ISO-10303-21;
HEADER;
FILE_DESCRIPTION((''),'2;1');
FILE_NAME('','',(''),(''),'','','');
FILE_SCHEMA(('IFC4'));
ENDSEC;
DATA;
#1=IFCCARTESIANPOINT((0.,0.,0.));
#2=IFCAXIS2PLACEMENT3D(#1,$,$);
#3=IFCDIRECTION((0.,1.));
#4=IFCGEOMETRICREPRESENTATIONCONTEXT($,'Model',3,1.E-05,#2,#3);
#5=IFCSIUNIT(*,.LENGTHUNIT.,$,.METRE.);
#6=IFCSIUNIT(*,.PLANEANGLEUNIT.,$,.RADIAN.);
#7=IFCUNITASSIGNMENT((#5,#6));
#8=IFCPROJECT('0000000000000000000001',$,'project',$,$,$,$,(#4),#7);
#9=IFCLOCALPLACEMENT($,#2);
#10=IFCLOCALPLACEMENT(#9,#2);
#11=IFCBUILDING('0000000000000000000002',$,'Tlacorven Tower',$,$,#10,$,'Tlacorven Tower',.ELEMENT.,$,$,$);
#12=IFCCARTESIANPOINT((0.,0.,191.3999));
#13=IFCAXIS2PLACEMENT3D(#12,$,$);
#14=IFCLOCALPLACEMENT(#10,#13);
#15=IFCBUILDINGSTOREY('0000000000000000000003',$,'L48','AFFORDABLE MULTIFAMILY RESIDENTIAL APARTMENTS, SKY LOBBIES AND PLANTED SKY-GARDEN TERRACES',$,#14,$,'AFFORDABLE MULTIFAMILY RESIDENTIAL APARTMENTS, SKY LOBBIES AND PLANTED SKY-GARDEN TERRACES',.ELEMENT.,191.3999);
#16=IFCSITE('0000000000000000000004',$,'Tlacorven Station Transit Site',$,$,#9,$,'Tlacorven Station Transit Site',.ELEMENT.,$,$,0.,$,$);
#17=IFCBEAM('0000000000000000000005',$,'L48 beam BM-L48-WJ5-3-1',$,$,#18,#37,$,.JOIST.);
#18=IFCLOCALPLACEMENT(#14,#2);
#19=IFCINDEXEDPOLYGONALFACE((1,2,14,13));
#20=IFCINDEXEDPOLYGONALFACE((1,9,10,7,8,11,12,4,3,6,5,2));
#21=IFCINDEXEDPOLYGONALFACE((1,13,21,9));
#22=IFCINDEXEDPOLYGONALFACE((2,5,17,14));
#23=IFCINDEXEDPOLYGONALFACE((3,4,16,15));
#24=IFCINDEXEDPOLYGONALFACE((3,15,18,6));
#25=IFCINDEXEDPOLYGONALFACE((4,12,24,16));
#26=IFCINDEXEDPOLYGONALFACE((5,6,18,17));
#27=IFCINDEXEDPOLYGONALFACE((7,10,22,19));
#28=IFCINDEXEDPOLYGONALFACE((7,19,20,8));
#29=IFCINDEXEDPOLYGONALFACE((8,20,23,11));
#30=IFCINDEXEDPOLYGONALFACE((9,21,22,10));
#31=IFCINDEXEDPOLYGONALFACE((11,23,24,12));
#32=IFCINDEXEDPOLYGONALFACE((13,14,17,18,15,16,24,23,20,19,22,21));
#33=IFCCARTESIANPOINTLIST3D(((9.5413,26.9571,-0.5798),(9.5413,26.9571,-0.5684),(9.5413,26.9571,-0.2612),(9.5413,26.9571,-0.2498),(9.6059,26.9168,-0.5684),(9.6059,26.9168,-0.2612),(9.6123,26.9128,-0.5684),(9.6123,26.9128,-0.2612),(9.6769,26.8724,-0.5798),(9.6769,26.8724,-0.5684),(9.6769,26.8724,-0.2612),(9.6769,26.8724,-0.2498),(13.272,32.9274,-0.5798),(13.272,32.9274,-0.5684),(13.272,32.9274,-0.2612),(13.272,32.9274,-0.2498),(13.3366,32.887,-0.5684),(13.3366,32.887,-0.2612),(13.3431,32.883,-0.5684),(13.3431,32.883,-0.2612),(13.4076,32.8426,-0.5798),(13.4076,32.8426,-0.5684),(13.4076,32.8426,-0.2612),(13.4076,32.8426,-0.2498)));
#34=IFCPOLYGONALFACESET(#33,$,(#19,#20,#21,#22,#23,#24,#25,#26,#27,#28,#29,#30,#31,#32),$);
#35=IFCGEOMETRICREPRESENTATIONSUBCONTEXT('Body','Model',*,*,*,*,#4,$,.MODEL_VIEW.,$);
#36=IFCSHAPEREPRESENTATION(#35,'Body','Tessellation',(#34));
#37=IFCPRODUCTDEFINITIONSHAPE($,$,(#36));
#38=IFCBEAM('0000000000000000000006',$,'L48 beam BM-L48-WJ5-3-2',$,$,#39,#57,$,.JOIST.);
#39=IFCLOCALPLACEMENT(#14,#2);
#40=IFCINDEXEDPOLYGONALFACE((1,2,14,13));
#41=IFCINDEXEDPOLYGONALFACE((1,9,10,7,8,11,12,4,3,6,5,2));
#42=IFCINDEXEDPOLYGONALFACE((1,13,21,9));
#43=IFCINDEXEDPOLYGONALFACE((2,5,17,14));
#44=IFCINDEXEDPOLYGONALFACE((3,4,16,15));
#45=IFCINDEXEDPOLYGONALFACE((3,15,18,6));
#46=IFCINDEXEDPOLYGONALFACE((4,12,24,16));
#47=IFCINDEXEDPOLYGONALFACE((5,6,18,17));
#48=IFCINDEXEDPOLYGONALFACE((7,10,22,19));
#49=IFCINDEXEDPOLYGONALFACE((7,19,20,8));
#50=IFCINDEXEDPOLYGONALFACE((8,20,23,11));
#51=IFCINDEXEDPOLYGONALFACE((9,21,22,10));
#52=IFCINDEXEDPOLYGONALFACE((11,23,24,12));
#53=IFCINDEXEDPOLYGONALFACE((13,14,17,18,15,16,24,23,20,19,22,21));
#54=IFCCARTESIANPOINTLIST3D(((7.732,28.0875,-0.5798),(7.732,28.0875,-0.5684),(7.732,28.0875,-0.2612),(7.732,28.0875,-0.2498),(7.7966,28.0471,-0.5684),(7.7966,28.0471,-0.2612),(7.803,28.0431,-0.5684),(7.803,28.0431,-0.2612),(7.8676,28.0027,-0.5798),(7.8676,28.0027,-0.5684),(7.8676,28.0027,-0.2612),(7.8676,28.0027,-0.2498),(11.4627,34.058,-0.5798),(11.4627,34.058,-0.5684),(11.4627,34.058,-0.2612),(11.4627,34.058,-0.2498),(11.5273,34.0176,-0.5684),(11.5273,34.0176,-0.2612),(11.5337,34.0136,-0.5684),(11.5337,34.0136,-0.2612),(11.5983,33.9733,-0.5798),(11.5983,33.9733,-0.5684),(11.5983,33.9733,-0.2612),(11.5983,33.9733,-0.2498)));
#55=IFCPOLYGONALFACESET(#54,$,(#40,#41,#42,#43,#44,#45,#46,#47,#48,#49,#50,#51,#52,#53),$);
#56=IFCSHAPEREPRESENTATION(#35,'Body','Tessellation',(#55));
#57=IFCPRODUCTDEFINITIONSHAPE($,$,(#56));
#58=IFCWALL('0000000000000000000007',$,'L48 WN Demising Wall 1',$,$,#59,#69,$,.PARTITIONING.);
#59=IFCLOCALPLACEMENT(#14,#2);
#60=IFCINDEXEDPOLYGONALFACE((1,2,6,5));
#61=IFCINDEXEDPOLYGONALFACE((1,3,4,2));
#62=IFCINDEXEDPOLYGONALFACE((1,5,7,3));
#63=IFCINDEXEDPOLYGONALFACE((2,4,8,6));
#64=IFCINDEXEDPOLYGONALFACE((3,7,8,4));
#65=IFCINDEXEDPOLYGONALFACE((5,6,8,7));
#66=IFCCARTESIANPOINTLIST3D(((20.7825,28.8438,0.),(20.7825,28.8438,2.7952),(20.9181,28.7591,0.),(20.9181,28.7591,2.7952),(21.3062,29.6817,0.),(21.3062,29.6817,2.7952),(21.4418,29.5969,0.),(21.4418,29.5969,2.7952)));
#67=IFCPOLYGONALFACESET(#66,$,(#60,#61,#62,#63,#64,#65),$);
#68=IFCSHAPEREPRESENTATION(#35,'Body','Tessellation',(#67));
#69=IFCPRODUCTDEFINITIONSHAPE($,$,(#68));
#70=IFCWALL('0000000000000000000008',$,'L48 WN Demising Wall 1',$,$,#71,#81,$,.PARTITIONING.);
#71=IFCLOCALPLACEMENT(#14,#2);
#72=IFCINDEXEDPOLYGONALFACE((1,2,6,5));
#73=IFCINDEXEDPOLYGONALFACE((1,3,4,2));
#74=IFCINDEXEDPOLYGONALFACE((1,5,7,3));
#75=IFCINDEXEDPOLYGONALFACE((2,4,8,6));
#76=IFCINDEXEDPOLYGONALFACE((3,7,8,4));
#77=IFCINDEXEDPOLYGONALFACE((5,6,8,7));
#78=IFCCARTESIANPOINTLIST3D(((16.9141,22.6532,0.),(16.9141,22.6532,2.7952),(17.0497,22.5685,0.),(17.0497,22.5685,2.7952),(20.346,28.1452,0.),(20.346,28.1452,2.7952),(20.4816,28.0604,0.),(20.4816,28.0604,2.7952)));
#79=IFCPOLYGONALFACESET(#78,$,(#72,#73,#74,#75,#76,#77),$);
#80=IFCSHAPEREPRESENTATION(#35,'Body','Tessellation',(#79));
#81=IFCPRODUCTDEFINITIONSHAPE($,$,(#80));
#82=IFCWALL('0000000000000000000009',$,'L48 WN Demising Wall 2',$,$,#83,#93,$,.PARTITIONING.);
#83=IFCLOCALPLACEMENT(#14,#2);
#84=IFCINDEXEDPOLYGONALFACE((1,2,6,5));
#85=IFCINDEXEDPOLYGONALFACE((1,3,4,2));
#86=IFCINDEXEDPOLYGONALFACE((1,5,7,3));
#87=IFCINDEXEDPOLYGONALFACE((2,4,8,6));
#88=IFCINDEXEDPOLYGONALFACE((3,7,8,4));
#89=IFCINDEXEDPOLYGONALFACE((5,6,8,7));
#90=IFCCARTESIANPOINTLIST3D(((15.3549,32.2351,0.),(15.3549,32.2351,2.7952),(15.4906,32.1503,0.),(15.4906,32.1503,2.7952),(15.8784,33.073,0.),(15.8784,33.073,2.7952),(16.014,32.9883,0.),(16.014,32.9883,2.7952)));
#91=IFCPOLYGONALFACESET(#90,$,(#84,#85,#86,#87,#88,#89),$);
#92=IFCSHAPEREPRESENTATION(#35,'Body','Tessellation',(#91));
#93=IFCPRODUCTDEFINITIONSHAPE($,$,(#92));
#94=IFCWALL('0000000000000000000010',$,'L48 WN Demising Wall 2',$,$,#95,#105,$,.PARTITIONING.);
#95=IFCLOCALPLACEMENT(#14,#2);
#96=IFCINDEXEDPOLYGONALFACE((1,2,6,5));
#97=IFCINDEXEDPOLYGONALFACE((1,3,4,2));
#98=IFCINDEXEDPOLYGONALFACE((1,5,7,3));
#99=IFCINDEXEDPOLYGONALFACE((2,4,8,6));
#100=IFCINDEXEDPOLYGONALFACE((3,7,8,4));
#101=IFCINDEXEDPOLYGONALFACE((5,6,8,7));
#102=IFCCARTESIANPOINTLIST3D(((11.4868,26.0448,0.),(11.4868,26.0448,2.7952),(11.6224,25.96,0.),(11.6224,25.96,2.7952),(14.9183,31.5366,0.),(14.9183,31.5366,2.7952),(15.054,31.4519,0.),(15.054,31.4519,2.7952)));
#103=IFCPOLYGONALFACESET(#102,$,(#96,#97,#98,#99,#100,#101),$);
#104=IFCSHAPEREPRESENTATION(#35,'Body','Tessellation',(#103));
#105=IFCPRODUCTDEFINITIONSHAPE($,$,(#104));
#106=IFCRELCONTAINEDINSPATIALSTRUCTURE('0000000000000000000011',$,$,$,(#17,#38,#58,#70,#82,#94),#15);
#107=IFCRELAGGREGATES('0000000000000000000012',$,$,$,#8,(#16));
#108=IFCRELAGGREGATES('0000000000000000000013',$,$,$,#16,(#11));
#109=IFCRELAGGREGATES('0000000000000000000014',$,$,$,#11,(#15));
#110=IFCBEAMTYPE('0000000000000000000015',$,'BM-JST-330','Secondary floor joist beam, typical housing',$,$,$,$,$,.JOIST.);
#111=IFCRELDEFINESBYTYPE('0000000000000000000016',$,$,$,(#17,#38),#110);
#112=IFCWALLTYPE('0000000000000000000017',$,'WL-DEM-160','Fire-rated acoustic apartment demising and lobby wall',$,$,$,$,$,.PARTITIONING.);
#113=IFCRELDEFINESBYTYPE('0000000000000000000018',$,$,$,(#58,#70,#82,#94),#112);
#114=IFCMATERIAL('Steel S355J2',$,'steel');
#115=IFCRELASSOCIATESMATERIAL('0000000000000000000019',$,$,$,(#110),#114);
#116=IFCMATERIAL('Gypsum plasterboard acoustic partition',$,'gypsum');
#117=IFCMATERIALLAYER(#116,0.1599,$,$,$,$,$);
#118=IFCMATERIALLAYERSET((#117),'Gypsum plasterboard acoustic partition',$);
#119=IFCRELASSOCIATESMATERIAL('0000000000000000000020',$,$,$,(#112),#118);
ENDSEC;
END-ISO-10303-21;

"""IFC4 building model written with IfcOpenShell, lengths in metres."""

from ifc_helpers import new_model, si_unit, direction, frame, frame_2d, origin, origin_2d, place, context, subcontext, project, spatial, rectangle, i_section, extrude, source, transform, mapped, material, layer, layer_set, material_profile, profile_set, type_object, element, save


model = new_model("IFC4")

# Units and contexts
model_context = context("Model", 3, precision=1e-05, world=origin(), true_north=direction((0.0, 1.0)))
body_context = subcontext(model_context, "Body", "Model", "MODEL_VIEW")
ifc_project = project(units=[si_unit("LENGTHUNIT", "METRE"), si_unit("PLANEANGLEUNIT", "RADIAN")], contexts=[model_context])

# Site, building, storey
site_placement = place(None, origin())
site = spatial("IfcSite", under=ifc_project, at=site_placement, Name="Tlacorven Station Transit Site", LongName="Tlacorven Station Transit Site", CompositionType="ELEMENT", RefElevation=0.0)
building_placement = place(site_placement, origin())
building = spatial("IfcBuilding", under=site, at=building_placement, Name="Tlacorven Tower", LongName="Tlacorven Tower", CompositionType="ELEMENT")
storey_placement = place(building_placement, frame((0.0, 0.0, 191.3999)))
storey = spatial("IfcBuildingStorey", under=building, at=storey_placement, Name="L48", Description="AFFORDABLE MULTIFAMILY RESIDENTIAL APARTMENTS, SKY LOBBIES AND PLANTED SKY-GARDEN TERRACES", LongName="AFFORDABLE MULTIFAMILY RESIDENTIAL APARTMENTS, SKY LOBBIES AND PLANTED SKY-GARDEN TERRACES", CompositionType="ELEMENT", Elevation=191.3999)

# Beams
ifc_material_1 = material(Name="Steel S355J2", Category="steel")
ifc_material_profile_1 = material_profile(ifc_material_1, i_section(OverallWidth=0.1599, OverallDepth=0.3301, WebThickness=0.0076, FlangeThickness=0.0115, at=origin_2d()), Name="IPE 330")
ifc_profile_set_1 = profile_set([ifc_material_profile_1], Name="Steel S355J2")
beam_type_1 = type_object("IfcBeamType", Name="BM-JST-330", Description="Secondary floor joist beam, typical housing", PredefinedType="JOIST", material=ifc_profile_set_1)
shared_shape_1 = source(origin(), body_context, "Body", "SweptSolid", [
    extrude(i_section(OverallWidth=0.1599, OverallDepth=0.3301, WebThickness=0.0076, FlangeThickness=0.0115, at=origin_2d()), origin(), (0.0, 0.0, 1.0), 7.04),
])
for number, where, z_axis, x_axis, name in (
    (1, (13.3398, 32.885, -0.4148), (-0.52993, -0.848041, 0.0), (0.848041, -0.52993, 0.0), "L48 beam BM-L48-WJ5-3-1"),
):
    element("IfcBeam", number, at=place(storey_placement, frame(where, z_axis=z_axis, x_axis=x_axis)), inside=storey, type_object=beam_type_1, Name=name, PredefinedType="JOIST", context=body_context, shape_type="MappedRepresentation", body=[
        mapped(shared_shape_1, transform((0.0, 0.0, 0.0), scale=1.0)),
    ])
shared_shape_2 = source(origin(), body_context, "Body", "SweptSolid", [
    extrude(i_section(OverallWidth=0.1599, OverallDepth=0.3301, WebThickness=0.0076, FlangeThickness=0.0115, at=origin_2d()), origin(), (0.0, 0.0, 1.0), 7.0403),
])
beam_placement = place(storey_placement, frame((11.5305, 34.0156, -0.4148), z_axis=(-0.529915, -0.848051, 0.0), x_axis=(0.848051, -0.529915, 0.0)))
element("IfcBeam", 2, at=beam_placement, inside=storey, type_object=beam_type_1, Name="L48 beam BM-L48-WJ5-3-2", PredefinedType="JOIST", context=body_context, shape_type="MappedRepresentation", body=[
    mapped(shared_shape_2, transform((0.0, 0.0, 0.0), scale=1.0)),
])

# Walls
ifc_material_2 = material(Name="Gypsum plasterboard acoustic partition", Category="gypsum")
ifc_layer_1 = layer(ifc_material_2, 0.1599)
ifc_layer_set_1 = layer_set([ifc_layer_1], Name="Gypsum plasterboard acoustic partition")
wall_type_1 = type_object("IfcWallType", Name="WL-DEM-160", Description="Fire-rated acoustic apartment demising and lobby wall", PredefinedType="PARTITIONING", material=ifc_layer_set_1)
wall_1_placement = place(storey_placement, frame((21.374, 29.6394, 0.0), z_axis=(0.0, 0.0, 1.0), x_axis=(-0.529999, -0.847998, 0.0)))
element("IfcWall", 3, at=wall_1_placement, inside=storey, type_object=wall_type_1, Name="L48 WN Demising Wall 1", PredefinedType="PARTITIONING", context=body_context, shape_type="SweptSolid", body=[
    extrude(rectangle(XDim=0.988, YDim=0.1599, at=frame_2d((0.4941, 0.0))), origin(), (0.0, 0.0, 1.0), 2.7952),
])
wall_2_placement = place(storey_placement, frame((20.4138, 28.1028, 0.0), z_axis=(0.0, 0.0, 1.0), x_axis=(-0.529935, -0.848039, 0.0)))
element("IfcWall", 4, at=wall_2_placement, inside=storey, type_object=wall_type_1, Name="L48 WN Demising Wall 1", PredefinedType="PARTITIONING", context=body_context, shape_type="SweptSolid", body=[
    extrude(rectangle(XDim=6.4761, YDim=0.1599, at=frame_2d((3.238, 0.0))), origin(), (0.0, 0.0, 1.0), 2.7952),
])
wall_3_placement = place(storey_placement, frame((15.9463, 33.0308, 0.0), z_axis=(0.0, 0.0, 1.0), x_axis=(-0.529821, -0.848109, 0.0)))
element("IfcWall", 5, at=wall_3_placement, inside=storey, type_object=wall_type_1, Name="L48 WN Demising Wall 2", PredefinedType="PARTITIONING", context=body_context, shape_type="SweptSolid", body=[
    extrude(rectangle(XDim=0.988, YDim=0.1599, at=frame_2d((0.4941, 0.0))), origin(), (0.0, 0.0, 1.0), 2.7952),
])
wall_4_placement = place(storey_placement, frame((14.9861, 31.4941, 0.0), z_axis=(0.0, 0.0, 1.0), x_axis=(-0.529907, -0.848055, 0.0)))
element("IfcWall", 6, at=wall_4_placement, inside=storey, type_object=wall_type_1, Name="L48 WN Demising Wall 2", PredefinedType="PARTITIONING", context=body_context, shape_type="SweptSolid", body=[
    extrude(rectangle(XDim=6.4758, YDim=0.1599, at=frame_2d((3.2378, 0.0))), origin(), (0.0, 0.0, 1.0), 2.7952),
])

save(model, "model.ifc")
